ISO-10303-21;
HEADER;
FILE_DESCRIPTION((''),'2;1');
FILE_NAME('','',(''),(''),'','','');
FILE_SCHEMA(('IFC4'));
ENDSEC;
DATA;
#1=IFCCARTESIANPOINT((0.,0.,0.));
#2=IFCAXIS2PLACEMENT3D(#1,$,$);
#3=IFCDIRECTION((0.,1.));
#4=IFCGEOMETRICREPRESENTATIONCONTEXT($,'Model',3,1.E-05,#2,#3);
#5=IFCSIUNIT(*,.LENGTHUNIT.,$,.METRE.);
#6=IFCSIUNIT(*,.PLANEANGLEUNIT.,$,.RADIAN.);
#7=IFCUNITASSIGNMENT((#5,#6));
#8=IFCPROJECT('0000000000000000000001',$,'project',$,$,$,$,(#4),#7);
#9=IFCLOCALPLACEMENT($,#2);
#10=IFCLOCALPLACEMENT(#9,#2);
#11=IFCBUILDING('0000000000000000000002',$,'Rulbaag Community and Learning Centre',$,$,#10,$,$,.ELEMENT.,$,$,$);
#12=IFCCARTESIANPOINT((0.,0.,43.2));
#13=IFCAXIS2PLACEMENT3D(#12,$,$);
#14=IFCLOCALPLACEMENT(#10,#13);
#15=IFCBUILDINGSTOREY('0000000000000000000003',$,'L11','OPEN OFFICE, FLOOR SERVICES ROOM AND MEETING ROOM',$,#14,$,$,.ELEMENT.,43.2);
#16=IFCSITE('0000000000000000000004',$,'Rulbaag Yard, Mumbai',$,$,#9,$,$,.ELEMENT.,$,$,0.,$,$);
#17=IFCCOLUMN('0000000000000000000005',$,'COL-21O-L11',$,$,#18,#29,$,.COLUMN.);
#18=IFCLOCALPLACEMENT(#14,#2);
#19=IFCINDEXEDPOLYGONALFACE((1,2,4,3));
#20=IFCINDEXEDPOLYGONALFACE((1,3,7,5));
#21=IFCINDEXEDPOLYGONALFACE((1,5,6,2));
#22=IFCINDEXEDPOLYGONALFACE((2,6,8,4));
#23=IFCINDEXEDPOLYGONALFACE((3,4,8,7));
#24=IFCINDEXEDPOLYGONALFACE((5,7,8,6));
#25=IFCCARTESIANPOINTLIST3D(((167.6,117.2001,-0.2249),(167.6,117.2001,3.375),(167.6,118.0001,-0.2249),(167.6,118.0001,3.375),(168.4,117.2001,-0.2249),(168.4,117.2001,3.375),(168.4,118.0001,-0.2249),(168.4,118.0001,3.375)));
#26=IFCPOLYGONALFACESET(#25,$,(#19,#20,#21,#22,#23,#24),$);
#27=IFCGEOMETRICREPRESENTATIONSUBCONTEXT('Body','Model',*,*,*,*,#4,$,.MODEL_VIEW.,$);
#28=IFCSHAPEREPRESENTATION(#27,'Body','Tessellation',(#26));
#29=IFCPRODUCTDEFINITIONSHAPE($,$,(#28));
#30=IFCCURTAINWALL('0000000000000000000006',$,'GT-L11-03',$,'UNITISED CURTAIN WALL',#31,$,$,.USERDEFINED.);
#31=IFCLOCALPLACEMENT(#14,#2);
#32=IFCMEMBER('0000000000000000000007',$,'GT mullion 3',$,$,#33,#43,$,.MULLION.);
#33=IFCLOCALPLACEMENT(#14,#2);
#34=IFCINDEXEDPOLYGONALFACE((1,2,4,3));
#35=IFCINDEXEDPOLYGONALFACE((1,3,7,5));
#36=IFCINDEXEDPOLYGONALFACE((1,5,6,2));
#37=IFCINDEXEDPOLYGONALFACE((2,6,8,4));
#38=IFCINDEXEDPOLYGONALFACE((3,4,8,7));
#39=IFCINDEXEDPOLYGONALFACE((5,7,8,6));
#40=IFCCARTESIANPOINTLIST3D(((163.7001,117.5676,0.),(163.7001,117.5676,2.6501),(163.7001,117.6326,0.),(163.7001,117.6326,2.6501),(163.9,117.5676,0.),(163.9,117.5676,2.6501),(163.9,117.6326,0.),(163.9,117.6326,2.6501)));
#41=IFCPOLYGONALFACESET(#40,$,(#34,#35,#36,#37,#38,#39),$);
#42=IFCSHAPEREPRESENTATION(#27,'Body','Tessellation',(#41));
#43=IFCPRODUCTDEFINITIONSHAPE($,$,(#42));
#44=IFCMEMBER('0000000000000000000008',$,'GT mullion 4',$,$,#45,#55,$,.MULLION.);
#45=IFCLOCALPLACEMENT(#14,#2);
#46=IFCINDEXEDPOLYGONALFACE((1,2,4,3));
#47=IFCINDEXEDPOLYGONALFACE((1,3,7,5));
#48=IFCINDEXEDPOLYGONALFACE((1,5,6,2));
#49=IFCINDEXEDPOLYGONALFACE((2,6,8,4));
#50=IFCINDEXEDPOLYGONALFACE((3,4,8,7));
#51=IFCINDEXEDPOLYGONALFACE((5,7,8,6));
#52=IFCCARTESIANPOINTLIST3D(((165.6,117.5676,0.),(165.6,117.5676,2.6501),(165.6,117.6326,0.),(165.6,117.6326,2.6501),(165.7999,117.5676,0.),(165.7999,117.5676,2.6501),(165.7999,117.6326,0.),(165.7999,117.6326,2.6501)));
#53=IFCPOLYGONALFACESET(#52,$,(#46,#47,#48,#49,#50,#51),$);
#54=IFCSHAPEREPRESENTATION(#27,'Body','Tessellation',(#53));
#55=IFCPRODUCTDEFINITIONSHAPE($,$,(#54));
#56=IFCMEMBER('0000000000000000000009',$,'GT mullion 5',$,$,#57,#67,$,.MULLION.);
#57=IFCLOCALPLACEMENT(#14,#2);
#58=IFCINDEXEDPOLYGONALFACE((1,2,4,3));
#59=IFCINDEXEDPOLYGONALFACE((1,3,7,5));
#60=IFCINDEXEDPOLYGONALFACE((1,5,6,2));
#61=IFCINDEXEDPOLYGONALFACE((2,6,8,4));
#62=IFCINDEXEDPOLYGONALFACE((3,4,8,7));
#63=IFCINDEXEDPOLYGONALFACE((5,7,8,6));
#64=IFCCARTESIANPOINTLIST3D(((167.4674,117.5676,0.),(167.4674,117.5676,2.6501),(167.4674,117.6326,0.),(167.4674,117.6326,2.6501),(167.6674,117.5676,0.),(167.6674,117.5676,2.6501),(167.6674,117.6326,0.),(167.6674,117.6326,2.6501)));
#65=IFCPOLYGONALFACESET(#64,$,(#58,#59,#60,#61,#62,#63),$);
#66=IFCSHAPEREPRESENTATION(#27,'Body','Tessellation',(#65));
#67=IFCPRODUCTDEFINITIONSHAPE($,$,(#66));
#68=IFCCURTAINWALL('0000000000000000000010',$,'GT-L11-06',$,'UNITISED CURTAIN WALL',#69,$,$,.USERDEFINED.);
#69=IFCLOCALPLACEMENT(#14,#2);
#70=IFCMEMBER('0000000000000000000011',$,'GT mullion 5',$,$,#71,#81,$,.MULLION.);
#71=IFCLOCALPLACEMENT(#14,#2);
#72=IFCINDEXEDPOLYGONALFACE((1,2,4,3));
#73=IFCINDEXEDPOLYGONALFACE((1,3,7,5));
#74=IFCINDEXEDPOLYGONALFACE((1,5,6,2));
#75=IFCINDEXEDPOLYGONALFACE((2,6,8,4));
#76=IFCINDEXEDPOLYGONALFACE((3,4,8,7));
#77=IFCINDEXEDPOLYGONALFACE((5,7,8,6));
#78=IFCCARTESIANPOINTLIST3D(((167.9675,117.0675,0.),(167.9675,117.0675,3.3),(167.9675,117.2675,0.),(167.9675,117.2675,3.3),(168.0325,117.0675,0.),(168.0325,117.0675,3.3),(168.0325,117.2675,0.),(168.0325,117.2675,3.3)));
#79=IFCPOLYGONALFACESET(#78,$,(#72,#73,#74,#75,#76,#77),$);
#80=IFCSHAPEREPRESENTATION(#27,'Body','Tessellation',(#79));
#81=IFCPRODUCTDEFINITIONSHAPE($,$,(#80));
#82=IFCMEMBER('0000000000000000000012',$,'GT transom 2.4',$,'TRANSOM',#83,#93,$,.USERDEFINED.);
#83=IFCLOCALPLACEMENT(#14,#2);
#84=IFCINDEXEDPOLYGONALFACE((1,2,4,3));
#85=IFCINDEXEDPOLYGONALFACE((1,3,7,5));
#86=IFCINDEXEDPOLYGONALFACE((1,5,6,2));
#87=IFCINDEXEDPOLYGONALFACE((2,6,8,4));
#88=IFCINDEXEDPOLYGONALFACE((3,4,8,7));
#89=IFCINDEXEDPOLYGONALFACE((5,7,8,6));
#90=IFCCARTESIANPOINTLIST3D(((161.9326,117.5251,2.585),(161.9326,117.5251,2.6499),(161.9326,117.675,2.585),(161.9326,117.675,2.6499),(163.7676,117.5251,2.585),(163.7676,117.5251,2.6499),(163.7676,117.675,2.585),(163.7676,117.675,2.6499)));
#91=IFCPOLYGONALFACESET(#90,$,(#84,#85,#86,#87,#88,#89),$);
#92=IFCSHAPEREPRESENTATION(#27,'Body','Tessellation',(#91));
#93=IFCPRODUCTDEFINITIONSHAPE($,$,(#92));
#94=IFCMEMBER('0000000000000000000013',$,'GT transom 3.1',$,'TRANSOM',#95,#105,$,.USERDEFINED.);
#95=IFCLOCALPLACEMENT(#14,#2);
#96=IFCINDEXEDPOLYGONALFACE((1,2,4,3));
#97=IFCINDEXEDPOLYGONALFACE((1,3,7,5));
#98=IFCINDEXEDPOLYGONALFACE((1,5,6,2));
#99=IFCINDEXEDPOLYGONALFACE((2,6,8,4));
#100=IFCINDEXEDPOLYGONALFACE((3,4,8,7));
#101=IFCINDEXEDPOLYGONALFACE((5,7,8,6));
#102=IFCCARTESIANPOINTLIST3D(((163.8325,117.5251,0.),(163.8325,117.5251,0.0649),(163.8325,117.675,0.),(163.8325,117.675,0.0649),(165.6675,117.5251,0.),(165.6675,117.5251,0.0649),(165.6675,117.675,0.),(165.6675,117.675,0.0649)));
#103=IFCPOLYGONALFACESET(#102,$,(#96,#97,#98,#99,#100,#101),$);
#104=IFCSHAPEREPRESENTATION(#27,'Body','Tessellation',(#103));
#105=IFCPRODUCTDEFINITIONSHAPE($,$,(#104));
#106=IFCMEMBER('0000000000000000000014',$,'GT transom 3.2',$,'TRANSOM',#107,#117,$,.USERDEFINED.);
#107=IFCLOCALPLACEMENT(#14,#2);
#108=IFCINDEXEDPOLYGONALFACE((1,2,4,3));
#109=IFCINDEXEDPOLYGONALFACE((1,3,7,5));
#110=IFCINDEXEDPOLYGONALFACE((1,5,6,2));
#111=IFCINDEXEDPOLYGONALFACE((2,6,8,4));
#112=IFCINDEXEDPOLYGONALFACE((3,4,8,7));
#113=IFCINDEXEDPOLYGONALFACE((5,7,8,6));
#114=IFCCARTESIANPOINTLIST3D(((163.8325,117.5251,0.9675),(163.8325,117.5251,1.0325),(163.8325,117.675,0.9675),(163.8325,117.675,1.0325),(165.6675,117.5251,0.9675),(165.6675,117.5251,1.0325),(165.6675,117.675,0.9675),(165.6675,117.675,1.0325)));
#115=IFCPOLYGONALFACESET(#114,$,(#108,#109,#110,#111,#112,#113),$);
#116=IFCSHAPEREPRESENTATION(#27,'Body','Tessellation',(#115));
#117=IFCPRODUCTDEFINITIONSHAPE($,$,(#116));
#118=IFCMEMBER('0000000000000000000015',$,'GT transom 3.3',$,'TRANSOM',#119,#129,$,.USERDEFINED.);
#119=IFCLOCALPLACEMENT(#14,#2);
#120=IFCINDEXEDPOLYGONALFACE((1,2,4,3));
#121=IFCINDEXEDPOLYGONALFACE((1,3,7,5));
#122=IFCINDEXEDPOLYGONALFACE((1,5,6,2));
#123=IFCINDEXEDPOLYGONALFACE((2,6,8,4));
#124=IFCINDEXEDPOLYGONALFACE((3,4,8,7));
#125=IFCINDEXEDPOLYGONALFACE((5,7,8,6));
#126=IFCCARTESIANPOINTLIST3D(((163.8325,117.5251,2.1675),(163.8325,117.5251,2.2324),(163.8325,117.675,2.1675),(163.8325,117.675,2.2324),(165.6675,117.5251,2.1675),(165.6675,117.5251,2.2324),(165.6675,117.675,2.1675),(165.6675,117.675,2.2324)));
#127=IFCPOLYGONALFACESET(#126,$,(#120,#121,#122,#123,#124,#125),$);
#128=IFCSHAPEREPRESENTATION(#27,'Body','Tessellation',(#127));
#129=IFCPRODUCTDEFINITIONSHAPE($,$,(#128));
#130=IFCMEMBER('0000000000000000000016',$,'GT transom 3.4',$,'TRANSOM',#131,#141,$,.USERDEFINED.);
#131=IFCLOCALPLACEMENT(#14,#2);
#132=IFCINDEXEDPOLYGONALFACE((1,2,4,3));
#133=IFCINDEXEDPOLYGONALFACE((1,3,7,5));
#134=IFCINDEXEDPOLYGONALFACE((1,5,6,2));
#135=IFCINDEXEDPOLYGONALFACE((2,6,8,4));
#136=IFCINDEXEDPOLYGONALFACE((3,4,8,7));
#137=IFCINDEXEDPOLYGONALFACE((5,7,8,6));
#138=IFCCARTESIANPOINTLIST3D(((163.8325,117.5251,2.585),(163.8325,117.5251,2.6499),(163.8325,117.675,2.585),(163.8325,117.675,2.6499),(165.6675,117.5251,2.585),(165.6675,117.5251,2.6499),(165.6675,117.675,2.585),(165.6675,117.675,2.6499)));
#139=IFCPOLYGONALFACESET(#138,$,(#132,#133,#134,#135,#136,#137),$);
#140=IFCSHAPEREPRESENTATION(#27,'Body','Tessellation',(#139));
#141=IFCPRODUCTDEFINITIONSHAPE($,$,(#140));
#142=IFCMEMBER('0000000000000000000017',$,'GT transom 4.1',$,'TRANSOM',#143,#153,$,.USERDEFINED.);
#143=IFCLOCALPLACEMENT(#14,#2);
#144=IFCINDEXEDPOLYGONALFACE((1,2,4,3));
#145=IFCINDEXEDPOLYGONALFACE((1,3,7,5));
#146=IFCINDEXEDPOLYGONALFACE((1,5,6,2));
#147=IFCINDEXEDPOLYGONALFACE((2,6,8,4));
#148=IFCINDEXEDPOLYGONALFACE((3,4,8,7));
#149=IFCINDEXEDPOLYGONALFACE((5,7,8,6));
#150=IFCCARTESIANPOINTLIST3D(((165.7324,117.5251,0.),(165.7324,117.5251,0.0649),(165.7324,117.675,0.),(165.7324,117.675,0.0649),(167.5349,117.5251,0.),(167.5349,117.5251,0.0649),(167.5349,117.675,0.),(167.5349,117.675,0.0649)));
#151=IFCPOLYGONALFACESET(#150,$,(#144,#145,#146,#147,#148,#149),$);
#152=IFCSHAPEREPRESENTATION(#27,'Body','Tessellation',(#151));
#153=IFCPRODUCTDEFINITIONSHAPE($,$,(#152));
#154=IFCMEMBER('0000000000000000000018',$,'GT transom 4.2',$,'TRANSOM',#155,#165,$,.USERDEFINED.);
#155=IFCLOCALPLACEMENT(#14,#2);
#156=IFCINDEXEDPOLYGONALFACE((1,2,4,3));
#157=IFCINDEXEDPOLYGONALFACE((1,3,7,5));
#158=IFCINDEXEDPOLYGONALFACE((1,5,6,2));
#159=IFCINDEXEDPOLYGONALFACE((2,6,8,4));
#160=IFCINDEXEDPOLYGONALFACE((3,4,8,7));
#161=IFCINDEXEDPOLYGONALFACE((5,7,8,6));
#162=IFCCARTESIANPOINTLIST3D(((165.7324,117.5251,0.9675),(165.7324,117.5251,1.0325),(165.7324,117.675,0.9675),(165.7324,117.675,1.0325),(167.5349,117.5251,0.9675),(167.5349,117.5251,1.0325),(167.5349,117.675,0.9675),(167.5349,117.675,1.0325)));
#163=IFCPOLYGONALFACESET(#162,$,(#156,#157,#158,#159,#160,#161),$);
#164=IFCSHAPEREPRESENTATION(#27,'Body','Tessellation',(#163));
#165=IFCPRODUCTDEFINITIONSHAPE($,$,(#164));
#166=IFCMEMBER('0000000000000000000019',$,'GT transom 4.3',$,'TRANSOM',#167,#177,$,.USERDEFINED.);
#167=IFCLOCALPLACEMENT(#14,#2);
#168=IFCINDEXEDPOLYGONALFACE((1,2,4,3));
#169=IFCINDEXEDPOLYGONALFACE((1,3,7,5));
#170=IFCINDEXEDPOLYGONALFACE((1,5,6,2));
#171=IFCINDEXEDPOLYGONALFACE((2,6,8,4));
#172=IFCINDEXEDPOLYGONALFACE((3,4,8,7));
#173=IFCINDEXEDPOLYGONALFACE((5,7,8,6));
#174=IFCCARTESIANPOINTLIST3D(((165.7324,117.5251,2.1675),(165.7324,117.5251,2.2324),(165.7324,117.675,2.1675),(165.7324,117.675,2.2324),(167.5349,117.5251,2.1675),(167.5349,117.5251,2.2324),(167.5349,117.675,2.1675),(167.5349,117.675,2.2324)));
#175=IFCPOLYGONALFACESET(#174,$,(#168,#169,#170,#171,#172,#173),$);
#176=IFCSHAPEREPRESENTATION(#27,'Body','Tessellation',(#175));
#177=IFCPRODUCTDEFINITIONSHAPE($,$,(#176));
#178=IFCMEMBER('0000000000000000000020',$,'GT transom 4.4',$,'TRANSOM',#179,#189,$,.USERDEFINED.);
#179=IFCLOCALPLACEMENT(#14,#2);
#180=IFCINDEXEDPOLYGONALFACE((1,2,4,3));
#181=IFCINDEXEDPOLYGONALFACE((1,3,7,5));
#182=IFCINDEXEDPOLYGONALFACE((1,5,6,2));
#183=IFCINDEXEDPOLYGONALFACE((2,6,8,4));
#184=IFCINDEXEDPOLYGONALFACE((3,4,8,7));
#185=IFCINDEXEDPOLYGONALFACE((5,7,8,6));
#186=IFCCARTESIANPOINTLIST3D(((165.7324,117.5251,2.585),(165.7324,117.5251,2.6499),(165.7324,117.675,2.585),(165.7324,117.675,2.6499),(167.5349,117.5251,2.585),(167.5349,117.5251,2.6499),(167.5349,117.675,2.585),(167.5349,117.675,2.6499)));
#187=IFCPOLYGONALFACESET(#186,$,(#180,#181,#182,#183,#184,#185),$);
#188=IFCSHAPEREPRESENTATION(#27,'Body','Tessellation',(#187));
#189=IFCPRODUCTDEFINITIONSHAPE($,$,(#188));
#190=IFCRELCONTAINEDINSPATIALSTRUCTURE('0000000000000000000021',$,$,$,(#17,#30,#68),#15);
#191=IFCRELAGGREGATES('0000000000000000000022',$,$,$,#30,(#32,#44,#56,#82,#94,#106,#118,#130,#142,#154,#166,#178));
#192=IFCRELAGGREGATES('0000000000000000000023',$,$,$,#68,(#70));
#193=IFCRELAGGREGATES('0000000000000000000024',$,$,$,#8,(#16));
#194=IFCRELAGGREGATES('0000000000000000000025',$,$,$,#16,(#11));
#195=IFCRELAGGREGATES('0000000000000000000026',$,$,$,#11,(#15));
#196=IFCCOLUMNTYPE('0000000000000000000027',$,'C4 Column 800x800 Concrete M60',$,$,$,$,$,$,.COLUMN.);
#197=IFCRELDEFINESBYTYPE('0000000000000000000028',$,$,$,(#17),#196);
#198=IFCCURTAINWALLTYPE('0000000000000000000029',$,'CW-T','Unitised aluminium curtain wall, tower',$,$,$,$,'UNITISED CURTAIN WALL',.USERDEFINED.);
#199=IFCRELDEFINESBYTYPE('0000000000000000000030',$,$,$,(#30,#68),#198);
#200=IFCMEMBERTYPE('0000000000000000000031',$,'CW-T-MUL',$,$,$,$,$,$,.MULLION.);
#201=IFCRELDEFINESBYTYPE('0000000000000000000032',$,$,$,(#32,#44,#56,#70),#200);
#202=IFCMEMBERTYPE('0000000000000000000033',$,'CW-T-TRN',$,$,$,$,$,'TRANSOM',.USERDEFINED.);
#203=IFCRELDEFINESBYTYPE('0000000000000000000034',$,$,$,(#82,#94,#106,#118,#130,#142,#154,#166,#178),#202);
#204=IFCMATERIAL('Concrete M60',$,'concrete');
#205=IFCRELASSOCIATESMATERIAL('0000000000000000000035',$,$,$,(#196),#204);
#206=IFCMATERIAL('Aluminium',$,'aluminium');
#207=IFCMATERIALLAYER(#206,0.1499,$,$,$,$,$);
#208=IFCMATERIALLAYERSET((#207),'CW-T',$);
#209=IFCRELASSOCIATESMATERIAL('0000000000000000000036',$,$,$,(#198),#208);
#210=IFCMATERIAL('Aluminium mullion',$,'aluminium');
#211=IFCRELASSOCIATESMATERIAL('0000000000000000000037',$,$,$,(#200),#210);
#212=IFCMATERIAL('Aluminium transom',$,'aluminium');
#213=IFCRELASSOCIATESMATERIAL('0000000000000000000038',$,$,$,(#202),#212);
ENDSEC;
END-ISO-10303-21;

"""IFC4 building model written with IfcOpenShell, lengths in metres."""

from ifc_helpers import new_model, si_unit, direction, frame, origin, origin_2d, place, context, subcontext, project, spatial, rectangle, extrude, material, layer, layer_set, material_profile, profile_set, type_object, element, aggregate, save


model = new_model("IFC4")

# Units and contexts
model_context = context("Model", 3, precision=1e-05, world=origin(), true_north=direction((0.0, 1.0)))
body_context = subcontext(model_context, "Body", "Model", "MODEL_VIEW")
ifc_project = project(units=[si_unit("LENGTHUNIT", "METRE"), si_unit("PLANEANGLEUNIT", "RADIAN")], contexts=[model_context])

# Site, building, storey
site_placement = place(None, origin())
site = spatial("IfcSite", under=ifc_project, at=site_placement, Name="Rulbaag Yard, Mumbai", CompositionType="ELEMENT", RefElevation=0.0)
building_placement = place(site_placement, origin())
building = spatial("IfcBuilding", under=site, at=building_placement, Name="Rulbaag Community and Learning Centre", CompositionType="ELEMENT")
storey_placement = place(building_placement, frame((0.0, 0.0, 43.2)))
storey = spatial("IfcBuildingStorey", under=building, at=storey_placement, Name="L11", Description="OPEN OFFICE, FLOOR SERVICES ROOM AND MEETING ROOM", CompositionType="ELEMENT", Elevation=43.2)

# Column
ifc_material_1 = material(Name="Concrete M60", Category="concrete")
ifc_material_profile_1 = material_profile(ifc_material_1, rectangle(XDim=0.8, YDim=0.8, at=origin_2d()), Name="RC800x800")
ifc_profile_set_1 = profile_set([ifc_material_profile_1], Name="Concrete M60")
column_type = type_object("IfcColumnType", Name="C4 Column 800x800 Concrete M60", PredefinedType="COLUMN", material=ifc_profile_set_1)
column_placement = place(storey_placement, frame((168.0, 117.6001, -0.2249), z_axis=(0.0, 0.0, 1.0), x_axis=(1.0, 0.0, 0.0)))
element("IfcColumn", 1, at=column_placement, inside=storey, type_object=column_type, Name="COL-21O-L11", PredefinedType="COLUMN", context=body_context, shape_type="SweptSolid", body=[
    extrude(rectangle(XDim=0.8, YDim=0.8, at=origin_2d()), origin(), (0.0, 0.0, 1.0), 3.5999),
])

# Curtain wall, members
ifc_material_2 = material(Name="Aluminium", Category="aluminium")
ifc_layer_1 = layer(ifc_material_2, 0.1499)
ifc_layer_set_1 = layer_set([ifc_layer_1], Name="CW-T")
curtain_wall_type = type_object("IfcCurtainWallType", Name="CW-T", Description="Unitised aluminium curtain wall, tower", ElementType="UNITISED CURTAIN WALL", PredefinedType="USERDEFINED", material=ifc_layer_set_1)
curtain_wall_1_placement = place(storey_placement, origin())
curtain_wall_1 = element("IfcCurtainWall", 2, at=curtain_wall_1_placement, inside=storey, type_object=curtain_wall_type, Name="GT-L11-03", ObjectType="UNITISED CURTAIN WALL", PredefinedType="USERDEFINED")
ifc_material_3 = material(Name="Aluminium mullion", Category="aluminium")
ifc_material_profile_2 = material_profile(ifc_material_3, rectangle(XDim=0.0649, YDim=0.2, at=origin_2d()), Name="AL 65x200")
ifc_profile_set_2 = profile_set([ifc_material_profile_2], Name="Aluminium mullion")
member_type_1 = type_object("IfcMemberType", Name="CW-T-MUL", PredefinedType="MULLION", material=ifc_profile_set_2)
member_1_placement = place(storey_placement, frame((163.8, 117.6001, 0.0), z_axis=(0.0, 0.0, 1.0), x_axis=(0.0, 1.0, 0.0)))
member_1 = element("IfcMember", 3, at=member_1_placement, type_object=member_type_1, Name="GT mullion 3", PredefinedType="MULLION", context=body_context, shape_type="SweptSolid", body=[
    extrude(rectangle(XDim=0.0649, YDim=0.2, at=origin_2d()), origin(), (0.0, 0.0, 1.0), 2.6501),
])
member_2_placement = place(storey_placement, frame((165.7, 117.6001, 0.0), z_axis=(0.0, 0.0, 1.0), x_axis=(0.0, 1.0, 0.0)))
member_2 = element("IfcMember", 4, at=member_2_placement, type_object=member_type_1, Name="GT mullion 4", PredefinedType="MULLION", context=body_context, shape_type="SweptSolid", body=[
    extrude(rectangle(XDim=0.0649, YDim=0.2, at=origin_2d()), origin(), (0.0, 0.0, 1.0), 2.6501),
])
member_3_placement = place(storey_placement, frame((167.5674, 117.6001, 0.0), z_axis=(0.0, 0.0, 1.0), x_axis=(0.0, 1.0, 0.0)))
member_3 = element("IfcMember", 5, at=member_3_placement, type_object=member_type_1, Name="GT mullion 5", PredefinedType="MULLION", context=body_context, shape_type="SweptSolid", body=[
    extrude(rectangle(XDim=0.0649, YDim=0.2, at=origin_2d()), origin(), (0.0, 0.0, 1.0), 2.6501),
])

# Curtain wall, member
curtain_wall_2_placement = place(storey_placement, origin())
curtain_wall_2 = element("IfcCurtainWall", 6, at=curtain_wall_2_placement, inside=storey, type_object=curtain_wall_type, Name="GT-L11-06", ObjectType="UNITISED CURTAIN WALL", PredefinedType="USERDEFINED")
member_4_placement = place(storey_placement, frame((168.0, 117.1675, 0.0), z_axis=(0.0, 0.0, 1.0), x_axis=(-1.0, 0.0, 0.0)))
member_4 = element("IfcMember", 7, at=member_4_placement, type_object=member_type_1, Name="GT mullion 5", PredefinedType="MULLION", context=body_context, shape_type="SweptSolid", body=[
    extrude(rectangle(XDim=0.0649, YDim=0.2, at=origin_2d()), origin(), (0.0, 0.0, 1.0), 3.3),
])

# Members
ifc_material_4 = material(Name="Aluminium transom", Category="aluminium")
ifc_material_profile_3 = material_profile(ifc_material_4, rectangle(XDim=0.1499, YDim=0.0649, at=origin_2d()), Name="AL 65x150 T")
ifc_profile_set_3 = profile_set([ifc_material_profile_3], Name="Aluminium transom")
member_type_2 = type_object("IfcMemberType", Name="CW-T-TRN", ElementType="TRANSOM", PredefinedType="USERDEFINED", material=ifc_profile_set_3)
member_5_placement = place(storey_placement, frame((161.9326, 117.6001, 2.6174), z_axis=(1.0, 0.0, 0.0), x_axis=(0.0, 1.0, 0.0)))
member_5 = element("IfcMember", 8, at=member_5_placement, type_object=member_type_2, Name="GT transom 2.4", ObjectType="TRANSOM", PredefinedType="USERDEFINED", context=body_context, shape_type="SweptSolid", body=[
    extrude(rectangle(XDim=0.1499, YDim=0.0649, at=origin_2d()), origin(), (0.0, 0.0, 1.0), 1.835),
])
member_6_placement = place(storey_placement, frame((163.8325, 117.6001, 0.0325), z_axis=(1.0, 0.0, 0.0), x_axis=(0.0, 1.0, 0.0)))
member_6 = element("IfcMember", 9, at=member_6_placement, type_object=member_type_2, Name="GT transom 3.1", ObjectType="TRANSOM", PredefinedType="USERDEFINED", context=body_context, shape_type="SweptSolid", body=[
    extrude(rectangle(XDim=0.1499, YDim=0.0649, at=origin_2d()), origin(), (0.0, 0.0, 1.0), 1.835),
])
member_7_placement = place(storey_placement, frame((163.8325, 117.6001, 1.0), z_axis=(1.0, 0.0, 0.0), x_axis=(0.0, 1.0, 0.0)))
member_7 = element("IfcMember", 10, at=member_7_placement, type_object=member_type_2, Name="GT transom 3.2", ObjectType="TRANSOM", PredefinedType="USERDEFINED", context=body_context, shape_type="SweptSolid", body=[
    extrude(rectangle(XDim=0.1499, YDim=0.0649, at=origin_2d()), origin(), (0.0, 0.0, 1.0), 1.835),
])
member_8_placement = place(storey_placement, frame((163.8325, 117.6001, 2.2), z_axis=(1.0, 0.0, 0.0), x_axis=(0.0, 1.0, 0.0)))
member_8 = element("IfcMember", 11, at=member_8_placement, type_object=member_type_2, Name="GT transom 3.3", ObjectType="TRANSOM", PredefinedType="USERDEFINED", context=body_context, shape_type="SweptSolid", body=[
    extrude(rectangle(XDim=0.1499, YDim=0.0649, at=origin_2d()), origin(), (0.0, 0.0, 1.0), 1.835),
])
member_9_placement = place(storey_placement, frame((163.8325, 117.6001, 2.6174), z_axis=(1.0, 0.0, 0.0), x_axis=(0.0, 1.0, 0.0)))
member_9 = element("IfcMember", 12, at=member_9_placement, type_object=member_type_2, Name="GT transom 3.4", ObjectType="TRANSOM", PredefinedType="USERDEFINED", context=body_context, shape_type="SweptSolid", body=[
    extrude(rectangle(XDim=0.1499, YDim=0.0649, at=origin_2d()), origin(), (0.0, 0.0, 1.0), 1.835),
])
member_10_placement = place(storey_placement, frame((165.7324, 117.6001, 0.0325), z_axis=(1.0, 0.0, 0.0), x_axis=(0.0, 1.0, 0.0)))
member_10 = element("IfcMember", 13, at=member_10_placement, type_object=member_type_2, Name="GT transom 4.1", ObjectType="TRANSOM", PredefinedType="USERDEFINED", context=body_context, shape_type="SweptSolid", body=[
    extrude(rectangle(XDim=0.1499, YDim=0.0649, at=origin_2d()), origin(), (0.0, 0.0, 1.0), 1.8025),
])
member_11_placement = place(storey_placement, frame((165.7324, 117.6001, 1.0), z_axis=(1.0, 0.0, 0.0), x_axis=(0.0, 1.0, 0.0)))
member_11 = element("IfcMember", 14, at=member_11_placement, type_object=member_type_2, Name="GT transom 4.2", ObjectType="TRANSOM", PredefinedType="USERDEFINED", context=body_context, shape_type="SweptSolid", body=[
    extrude(rectangle(XDim=0.1499, YDim=0.0649, at=origin_2d()), origin(), (0.0, 0.0, 1.0), 1.8025),
])
member_12_placement = place(storey_placement, frame((165.7324, 117.6001, 2.2), z_axis=(1.0, 0.0, 0.0), x_axis=(0.0, 1.0, 0.0)))
member_12 = element("IfcMember", 15, at=member_12_placement, type_object=member_type_2, Name="GT transom 4.3", ObjectType="TRANSOM", PredefinedType="USERDEFINED", context=body_context, shape_type="SweptSolid", body=[
    extrude(rectangle(XDim=0.1499, YDim=0.0649, at=origin_2d()), origin(), (0.0, 0.0, 1.0), 1.8025),
])
member_13_placement = place(storey_placement, frame((165.7324, 117.6001, 2.6174), z_axis=(1.0, 0.0, 0.0), x_axis=(0.0, 1.0, 0.0)))
member_13 = element("IfcMember", 16, at=member_13_placement, type_object=member_type_2, Name="GT transom 4.4", ObjectType="TRANSOM", PredefinedType="USERDEFINED", context=body_context, shape_type="SweptSolid", body=[
    extrude(rectangle(XDim=0.1499, YDim=0.0649, at=origin_2d()), origin(), (0.0, 0.0, 1.0), 1.8025),
])

aggregate(curtain_wall_1, [member_1, member_2, member_3, member_5, member_6, member_7, member_8, member_9, member_10, member_11, member_12, member_13])
aggregate(curtain_wall_2, [member_4])

save(model, "model.ifc")
